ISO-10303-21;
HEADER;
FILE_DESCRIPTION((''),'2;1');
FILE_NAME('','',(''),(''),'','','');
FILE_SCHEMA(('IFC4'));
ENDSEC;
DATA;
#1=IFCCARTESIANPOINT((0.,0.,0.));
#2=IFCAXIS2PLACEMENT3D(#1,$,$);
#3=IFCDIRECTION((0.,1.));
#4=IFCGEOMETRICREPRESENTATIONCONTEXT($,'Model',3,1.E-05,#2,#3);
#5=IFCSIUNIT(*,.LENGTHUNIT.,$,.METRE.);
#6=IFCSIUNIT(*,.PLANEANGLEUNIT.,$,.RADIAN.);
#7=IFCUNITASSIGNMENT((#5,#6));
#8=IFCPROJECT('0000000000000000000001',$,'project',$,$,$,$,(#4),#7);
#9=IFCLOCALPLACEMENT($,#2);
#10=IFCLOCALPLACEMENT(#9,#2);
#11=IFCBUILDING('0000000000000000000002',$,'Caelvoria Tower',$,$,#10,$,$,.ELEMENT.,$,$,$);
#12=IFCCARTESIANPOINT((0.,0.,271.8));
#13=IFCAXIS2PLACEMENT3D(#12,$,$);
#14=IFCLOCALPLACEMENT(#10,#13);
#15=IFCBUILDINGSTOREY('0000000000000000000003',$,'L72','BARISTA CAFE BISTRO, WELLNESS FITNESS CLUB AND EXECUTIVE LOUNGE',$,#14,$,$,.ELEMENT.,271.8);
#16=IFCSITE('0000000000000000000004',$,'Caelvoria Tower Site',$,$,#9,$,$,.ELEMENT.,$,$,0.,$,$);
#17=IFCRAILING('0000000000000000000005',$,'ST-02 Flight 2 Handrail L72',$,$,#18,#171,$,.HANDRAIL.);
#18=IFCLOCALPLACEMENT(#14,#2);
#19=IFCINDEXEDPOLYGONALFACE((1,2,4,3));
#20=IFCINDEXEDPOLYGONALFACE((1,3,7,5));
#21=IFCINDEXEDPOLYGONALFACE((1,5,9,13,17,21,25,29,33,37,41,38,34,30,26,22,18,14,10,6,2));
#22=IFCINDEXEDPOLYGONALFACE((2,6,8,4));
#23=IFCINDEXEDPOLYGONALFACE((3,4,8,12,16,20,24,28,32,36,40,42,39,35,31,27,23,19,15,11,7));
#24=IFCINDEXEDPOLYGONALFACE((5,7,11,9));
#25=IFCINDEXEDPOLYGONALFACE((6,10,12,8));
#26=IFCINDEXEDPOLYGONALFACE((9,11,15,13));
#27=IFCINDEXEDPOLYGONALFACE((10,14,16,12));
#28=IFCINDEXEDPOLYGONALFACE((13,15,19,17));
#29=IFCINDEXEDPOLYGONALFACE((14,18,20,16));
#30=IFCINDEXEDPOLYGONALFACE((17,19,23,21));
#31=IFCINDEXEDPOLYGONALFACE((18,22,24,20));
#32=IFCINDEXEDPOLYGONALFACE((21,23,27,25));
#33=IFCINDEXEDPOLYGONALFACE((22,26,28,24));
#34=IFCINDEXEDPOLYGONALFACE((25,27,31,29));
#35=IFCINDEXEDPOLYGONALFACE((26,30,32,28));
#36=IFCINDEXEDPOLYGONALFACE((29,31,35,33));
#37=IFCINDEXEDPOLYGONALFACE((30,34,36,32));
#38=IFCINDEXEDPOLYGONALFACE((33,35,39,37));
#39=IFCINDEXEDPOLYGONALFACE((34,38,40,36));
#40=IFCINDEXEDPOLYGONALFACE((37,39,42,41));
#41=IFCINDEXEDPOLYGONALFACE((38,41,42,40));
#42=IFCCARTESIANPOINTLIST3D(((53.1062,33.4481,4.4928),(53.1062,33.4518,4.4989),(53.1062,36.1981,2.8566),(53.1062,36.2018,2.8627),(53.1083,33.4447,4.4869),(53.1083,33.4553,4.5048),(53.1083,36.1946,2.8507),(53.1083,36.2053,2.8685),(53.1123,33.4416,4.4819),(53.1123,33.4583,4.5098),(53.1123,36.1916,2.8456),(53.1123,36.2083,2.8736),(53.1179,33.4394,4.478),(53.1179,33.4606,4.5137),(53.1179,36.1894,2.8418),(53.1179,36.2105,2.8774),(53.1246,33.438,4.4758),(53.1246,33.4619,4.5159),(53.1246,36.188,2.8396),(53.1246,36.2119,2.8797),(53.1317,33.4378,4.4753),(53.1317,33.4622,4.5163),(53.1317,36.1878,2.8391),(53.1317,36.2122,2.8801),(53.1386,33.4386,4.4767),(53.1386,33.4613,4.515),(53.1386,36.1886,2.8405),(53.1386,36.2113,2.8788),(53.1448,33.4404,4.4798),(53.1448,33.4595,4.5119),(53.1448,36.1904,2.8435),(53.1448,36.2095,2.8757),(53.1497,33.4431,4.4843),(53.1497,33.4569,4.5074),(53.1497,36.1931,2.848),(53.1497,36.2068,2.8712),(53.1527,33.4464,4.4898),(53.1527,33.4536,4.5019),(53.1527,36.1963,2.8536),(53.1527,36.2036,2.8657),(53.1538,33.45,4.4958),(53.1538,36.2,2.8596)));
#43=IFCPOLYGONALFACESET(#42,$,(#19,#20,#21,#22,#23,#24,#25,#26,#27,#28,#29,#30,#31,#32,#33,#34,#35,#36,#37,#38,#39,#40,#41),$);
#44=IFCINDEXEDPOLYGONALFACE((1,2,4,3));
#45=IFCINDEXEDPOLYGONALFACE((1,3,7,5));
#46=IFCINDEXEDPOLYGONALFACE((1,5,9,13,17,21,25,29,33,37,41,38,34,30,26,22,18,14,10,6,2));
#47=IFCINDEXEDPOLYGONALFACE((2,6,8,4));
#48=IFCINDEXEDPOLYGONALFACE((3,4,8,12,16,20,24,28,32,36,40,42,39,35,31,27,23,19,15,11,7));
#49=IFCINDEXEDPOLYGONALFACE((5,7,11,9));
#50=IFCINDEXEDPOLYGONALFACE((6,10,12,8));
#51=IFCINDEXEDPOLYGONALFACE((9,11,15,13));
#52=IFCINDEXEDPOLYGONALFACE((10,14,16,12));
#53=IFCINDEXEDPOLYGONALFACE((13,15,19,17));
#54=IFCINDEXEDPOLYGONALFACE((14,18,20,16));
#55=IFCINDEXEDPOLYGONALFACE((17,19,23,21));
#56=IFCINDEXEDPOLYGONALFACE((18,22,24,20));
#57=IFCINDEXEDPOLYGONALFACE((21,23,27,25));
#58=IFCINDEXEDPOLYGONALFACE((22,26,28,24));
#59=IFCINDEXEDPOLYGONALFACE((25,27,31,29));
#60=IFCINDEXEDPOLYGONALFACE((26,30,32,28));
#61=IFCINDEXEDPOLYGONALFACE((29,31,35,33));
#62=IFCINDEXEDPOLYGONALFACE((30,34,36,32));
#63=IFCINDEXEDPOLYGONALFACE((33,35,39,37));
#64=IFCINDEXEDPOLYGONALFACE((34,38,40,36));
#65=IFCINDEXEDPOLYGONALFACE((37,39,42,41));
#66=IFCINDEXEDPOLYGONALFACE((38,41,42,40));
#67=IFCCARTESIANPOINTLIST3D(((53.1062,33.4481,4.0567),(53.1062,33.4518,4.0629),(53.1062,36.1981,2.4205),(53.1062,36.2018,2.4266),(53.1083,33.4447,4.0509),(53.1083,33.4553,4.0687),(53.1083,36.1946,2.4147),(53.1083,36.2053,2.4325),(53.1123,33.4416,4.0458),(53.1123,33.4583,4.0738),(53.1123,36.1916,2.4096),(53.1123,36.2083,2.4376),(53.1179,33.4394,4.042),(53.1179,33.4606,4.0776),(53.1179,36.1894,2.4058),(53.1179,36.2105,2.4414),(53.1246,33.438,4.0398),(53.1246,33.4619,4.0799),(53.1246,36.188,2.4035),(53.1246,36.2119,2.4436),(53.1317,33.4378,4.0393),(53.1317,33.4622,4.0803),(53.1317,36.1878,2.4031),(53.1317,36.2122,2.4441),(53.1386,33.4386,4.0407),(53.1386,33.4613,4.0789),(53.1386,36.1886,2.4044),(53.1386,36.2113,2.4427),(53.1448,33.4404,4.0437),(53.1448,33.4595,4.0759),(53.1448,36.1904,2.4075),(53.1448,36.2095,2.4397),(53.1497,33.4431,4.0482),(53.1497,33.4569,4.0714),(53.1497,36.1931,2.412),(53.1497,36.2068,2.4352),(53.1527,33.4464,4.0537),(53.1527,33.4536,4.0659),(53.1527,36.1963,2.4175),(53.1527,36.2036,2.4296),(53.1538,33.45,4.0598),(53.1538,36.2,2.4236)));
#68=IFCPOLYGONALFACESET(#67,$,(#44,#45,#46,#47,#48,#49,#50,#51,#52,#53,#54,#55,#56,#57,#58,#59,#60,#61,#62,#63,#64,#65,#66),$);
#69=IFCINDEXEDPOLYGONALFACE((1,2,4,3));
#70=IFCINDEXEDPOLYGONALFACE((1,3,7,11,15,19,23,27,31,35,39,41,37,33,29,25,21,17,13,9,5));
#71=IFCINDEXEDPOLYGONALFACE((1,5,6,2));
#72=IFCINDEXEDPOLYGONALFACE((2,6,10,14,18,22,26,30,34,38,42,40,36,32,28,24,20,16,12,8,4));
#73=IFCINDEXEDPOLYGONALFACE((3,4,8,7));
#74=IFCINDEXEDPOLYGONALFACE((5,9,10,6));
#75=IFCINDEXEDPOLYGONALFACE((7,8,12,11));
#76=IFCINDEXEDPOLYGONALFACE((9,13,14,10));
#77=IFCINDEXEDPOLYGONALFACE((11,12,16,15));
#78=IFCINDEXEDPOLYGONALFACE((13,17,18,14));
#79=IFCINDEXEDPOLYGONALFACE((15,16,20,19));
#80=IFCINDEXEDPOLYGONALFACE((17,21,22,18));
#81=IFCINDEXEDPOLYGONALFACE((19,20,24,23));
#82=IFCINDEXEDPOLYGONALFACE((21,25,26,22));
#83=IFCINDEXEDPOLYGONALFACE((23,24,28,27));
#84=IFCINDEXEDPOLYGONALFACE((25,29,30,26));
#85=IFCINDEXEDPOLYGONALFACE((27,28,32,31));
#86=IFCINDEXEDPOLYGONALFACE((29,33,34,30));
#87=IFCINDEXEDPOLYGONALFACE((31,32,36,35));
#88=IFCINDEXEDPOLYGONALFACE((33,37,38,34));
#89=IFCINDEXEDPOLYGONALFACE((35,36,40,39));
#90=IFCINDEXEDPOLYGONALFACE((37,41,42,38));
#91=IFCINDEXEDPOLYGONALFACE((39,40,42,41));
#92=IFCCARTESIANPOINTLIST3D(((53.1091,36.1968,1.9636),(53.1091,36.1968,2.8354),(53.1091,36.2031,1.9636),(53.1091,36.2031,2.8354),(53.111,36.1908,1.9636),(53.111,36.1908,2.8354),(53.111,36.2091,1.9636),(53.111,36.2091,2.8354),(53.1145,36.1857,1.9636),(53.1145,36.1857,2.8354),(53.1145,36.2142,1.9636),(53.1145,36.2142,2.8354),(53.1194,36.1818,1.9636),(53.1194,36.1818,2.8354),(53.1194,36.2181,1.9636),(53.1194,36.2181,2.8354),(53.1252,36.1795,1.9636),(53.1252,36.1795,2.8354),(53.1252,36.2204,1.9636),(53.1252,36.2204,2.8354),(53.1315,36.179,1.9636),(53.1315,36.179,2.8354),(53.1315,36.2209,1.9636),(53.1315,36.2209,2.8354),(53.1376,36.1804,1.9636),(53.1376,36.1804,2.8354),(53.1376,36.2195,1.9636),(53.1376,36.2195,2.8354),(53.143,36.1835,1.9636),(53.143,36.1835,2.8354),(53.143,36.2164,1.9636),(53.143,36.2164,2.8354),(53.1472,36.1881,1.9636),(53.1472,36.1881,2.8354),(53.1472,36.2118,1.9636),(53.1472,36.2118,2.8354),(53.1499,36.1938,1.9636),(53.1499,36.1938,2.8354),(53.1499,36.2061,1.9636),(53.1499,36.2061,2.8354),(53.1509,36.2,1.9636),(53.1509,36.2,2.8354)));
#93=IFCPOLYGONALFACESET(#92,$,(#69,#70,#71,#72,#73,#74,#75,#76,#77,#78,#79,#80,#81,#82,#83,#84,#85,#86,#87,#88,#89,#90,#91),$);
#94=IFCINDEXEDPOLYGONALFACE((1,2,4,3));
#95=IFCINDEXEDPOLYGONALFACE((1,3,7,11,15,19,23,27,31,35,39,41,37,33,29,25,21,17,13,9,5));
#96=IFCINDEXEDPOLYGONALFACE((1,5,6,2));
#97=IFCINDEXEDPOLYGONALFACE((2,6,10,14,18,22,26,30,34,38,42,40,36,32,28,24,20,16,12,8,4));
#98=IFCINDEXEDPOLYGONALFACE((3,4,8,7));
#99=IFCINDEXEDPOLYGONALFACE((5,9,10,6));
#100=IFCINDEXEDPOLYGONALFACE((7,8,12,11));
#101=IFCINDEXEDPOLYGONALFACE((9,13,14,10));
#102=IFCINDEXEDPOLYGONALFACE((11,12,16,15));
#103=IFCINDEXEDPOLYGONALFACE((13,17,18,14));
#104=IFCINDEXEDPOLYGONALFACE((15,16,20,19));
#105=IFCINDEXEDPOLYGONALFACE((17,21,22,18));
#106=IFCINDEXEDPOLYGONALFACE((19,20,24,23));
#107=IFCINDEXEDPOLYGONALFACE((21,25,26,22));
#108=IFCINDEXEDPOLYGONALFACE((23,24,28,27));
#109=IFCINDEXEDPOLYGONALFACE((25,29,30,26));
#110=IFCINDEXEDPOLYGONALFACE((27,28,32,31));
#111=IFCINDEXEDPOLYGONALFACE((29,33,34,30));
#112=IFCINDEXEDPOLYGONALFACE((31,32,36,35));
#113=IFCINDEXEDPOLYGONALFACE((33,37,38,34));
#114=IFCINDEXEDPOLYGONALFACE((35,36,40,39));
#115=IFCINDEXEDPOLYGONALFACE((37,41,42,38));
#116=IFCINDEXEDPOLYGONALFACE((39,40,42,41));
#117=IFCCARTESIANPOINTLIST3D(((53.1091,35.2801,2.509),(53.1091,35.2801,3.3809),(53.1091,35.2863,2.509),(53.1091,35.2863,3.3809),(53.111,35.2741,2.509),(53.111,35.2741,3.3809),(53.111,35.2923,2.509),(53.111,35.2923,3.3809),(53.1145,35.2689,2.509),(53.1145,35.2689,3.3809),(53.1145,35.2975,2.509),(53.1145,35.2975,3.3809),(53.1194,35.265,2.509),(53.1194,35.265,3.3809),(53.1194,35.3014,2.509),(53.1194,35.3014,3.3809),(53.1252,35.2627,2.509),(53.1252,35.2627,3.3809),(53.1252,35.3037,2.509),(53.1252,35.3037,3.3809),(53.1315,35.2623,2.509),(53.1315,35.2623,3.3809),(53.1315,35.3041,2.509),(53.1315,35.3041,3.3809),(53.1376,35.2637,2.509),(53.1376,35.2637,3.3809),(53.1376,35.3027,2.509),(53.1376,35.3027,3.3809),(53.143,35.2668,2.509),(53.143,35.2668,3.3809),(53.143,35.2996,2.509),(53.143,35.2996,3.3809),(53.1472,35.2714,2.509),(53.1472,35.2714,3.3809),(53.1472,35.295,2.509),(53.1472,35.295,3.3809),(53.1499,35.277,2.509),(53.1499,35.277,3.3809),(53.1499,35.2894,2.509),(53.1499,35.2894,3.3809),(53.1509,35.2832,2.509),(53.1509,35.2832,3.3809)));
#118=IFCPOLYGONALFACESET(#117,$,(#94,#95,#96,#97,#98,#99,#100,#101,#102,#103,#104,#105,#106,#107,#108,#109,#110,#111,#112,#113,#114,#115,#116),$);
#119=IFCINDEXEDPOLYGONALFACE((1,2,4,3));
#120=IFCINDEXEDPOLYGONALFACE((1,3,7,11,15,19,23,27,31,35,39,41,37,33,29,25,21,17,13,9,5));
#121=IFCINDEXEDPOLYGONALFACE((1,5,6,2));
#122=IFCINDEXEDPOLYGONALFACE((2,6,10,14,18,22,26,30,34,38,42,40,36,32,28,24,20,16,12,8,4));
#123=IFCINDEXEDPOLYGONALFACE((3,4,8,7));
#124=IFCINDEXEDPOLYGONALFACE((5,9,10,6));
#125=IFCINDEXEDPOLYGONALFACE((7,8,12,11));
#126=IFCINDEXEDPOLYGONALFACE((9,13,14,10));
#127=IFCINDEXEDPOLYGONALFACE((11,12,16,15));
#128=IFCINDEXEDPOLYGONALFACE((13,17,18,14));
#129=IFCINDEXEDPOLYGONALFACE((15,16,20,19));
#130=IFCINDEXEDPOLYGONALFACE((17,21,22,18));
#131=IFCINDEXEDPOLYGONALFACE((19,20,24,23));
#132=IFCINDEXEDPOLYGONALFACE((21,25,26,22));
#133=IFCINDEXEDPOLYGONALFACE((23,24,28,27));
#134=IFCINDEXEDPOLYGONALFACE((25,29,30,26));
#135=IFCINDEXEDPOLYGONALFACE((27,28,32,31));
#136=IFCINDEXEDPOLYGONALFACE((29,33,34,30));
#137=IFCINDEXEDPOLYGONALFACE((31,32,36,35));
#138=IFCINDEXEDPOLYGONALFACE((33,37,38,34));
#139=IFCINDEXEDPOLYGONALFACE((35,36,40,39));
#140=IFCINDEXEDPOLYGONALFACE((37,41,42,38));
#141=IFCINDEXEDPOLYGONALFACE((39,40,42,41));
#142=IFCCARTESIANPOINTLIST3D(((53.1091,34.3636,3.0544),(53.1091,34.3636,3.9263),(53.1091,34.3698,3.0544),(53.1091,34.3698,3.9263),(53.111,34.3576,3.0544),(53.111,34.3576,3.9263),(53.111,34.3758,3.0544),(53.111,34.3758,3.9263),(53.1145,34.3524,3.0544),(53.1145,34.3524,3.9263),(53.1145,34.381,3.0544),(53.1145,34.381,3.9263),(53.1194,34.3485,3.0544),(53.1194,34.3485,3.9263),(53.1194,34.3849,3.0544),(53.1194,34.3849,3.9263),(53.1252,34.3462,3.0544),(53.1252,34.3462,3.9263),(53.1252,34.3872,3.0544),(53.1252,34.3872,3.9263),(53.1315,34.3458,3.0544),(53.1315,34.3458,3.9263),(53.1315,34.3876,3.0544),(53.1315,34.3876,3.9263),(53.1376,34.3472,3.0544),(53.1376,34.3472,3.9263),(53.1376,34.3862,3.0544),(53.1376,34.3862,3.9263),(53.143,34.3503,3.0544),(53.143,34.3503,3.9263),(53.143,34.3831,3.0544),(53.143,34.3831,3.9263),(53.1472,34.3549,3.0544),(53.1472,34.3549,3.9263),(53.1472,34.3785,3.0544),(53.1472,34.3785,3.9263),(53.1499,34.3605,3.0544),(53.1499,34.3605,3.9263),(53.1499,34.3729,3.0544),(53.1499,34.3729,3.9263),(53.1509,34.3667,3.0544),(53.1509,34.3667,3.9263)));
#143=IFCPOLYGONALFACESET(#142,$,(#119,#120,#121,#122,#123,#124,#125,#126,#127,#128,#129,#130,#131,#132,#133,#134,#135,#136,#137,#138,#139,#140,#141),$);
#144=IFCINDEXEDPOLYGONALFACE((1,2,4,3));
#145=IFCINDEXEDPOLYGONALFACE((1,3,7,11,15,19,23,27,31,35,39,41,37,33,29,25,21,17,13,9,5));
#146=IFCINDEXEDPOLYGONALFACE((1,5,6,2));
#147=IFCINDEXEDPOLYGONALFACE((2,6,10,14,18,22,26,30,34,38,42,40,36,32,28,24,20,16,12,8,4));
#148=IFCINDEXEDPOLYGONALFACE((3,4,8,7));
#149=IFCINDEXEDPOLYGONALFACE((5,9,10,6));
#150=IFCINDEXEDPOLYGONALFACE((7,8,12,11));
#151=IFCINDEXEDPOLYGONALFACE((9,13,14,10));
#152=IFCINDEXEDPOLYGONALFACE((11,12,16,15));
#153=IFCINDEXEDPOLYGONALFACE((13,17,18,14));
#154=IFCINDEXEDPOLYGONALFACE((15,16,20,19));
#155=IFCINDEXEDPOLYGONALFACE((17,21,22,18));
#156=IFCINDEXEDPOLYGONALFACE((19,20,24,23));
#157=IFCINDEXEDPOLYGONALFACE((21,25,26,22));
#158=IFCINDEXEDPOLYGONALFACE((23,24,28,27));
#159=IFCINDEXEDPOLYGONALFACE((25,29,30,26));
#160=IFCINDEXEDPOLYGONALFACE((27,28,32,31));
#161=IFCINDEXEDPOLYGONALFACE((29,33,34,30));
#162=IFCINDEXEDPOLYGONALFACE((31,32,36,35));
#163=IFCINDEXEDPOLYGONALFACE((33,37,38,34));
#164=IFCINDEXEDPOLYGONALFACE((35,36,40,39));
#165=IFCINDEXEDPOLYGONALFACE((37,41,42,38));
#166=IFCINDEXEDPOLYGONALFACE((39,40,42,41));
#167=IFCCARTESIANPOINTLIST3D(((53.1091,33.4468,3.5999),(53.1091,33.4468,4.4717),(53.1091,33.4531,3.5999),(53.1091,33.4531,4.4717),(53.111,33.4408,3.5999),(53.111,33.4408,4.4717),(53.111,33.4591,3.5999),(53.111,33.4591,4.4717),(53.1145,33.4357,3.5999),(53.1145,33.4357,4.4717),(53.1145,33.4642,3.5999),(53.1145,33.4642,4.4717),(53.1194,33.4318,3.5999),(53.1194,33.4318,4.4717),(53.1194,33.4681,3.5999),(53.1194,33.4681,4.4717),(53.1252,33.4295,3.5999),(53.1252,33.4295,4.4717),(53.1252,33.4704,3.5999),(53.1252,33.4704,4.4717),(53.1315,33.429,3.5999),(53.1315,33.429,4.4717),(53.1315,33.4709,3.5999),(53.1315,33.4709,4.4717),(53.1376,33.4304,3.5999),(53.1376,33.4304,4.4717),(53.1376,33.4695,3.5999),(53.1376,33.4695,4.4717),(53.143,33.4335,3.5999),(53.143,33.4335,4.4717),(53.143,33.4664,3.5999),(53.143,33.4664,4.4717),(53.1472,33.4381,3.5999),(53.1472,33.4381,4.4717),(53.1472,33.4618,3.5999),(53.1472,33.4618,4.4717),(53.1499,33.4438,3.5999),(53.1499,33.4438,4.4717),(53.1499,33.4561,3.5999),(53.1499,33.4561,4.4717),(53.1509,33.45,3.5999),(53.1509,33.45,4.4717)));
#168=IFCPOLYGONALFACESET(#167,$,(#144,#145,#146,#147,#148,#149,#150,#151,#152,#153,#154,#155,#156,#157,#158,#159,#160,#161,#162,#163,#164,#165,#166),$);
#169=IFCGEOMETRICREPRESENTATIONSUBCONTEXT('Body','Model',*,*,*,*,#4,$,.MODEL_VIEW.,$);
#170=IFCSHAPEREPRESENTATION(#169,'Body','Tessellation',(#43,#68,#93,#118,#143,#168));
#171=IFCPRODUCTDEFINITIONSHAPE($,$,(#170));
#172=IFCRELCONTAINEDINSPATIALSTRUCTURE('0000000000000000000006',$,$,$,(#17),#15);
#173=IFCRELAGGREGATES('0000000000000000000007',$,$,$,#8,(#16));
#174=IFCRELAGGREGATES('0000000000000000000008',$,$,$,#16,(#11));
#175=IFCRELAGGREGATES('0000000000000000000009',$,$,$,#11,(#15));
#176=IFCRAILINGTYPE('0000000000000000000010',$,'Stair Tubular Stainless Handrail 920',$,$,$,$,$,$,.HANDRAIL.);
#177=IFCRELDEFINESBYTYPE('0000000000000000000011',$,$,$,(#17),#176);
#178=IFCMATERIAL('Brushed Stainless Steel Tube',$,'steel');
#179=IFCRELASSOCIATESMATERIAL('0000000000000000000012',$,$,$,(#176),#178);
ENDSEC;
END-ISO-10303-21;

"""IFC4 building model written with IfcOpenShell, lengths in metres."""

from ifc_helpers import new_model, si_unit, direction, frame, origin, origin_2d, place, context, subcontext, project, spatial, circle, extrude, material, type_object, element, save


model = new_model("IFC4")

# Units and contexts
model_context = context("Model", 3, precision=1e-05, world=origin(), true_north=direction((0.0, 1.0)))
body_context = subcontext(model_context, "Body", "Model", "MODEL_VIEW")
ifc_project = project(units=[si_unit("LENGTHUNIT", "METRE"), si_unit("PLANEANGLEUNIT", "RADIAN")], contexts=[model_context])

# Site, building, storey
site_placement = place(None, origin())
site = spatial("IfcSite", under=ifc_project, at=site_placement, Name="Caelvoria Tower Site", CompositionType="ELEMENT", RefElevation=0.0)
building_placement = place(site_placement, origin())
building = spatial("IfcBuilding", under=site, at=building_placement, Name="Caelvoria Tower", CompositionType="ELEMENT")
storey_placement = place(building_placement, frame((0.0, 0.0, 271.8)))
storey = spatial("IfcBuildingStorey", under=building, at=storey_placement, Name="L72", Description="BARISTA CAFE BISTRO, WELLNESS FITNESS CLUB AND EXECUTIVE LOUNGE", CompositionType="ELEMENT", Elevation=271.8)

# Railing
ifc_material_1 = material(Name="Brushed Stainless Steel Tube", Category="steel")
railing_type_1 = type_object("IfcRailingType", Name="Stair Tubular Stainless Handrail 920", PredefinedType="HANDRAIL", material=ifc_material_1)
railing_1_placement = place(storey_placement, frame((53.1299, 36.2, 1.9636)))
element("IfcRailing", 1, at=railing_1_placement, inside=storey, type_object=railing_type_1, Name="ST-02 Flight 2 Handrail L72", PredefinedType="HANDRAIL", context=body_context, shape_type="SweptSolid", body=[
    extrude(circle(Radius=0.0239, at=origin_2d()), frame((0.0, 0.0, 0.896), z_axis=(0.0, -0.859385, 0.511328), x_axis=(1.0, 0.0, 0.0)), (0.0, 0.0, 1.0), 3.2),
    extrude(circle(Radius=0.0239, at=origin_2d()), frame((0.0, 0.0, 0.46), z_axis=(0.0, -0.859385, 0.511328), x_axis=(1.0, 0.0, 0.0)), (0.0, 0.0, 1.0), 3.2),
    extrude(circle(Radius=0.021, at=origin_2d()), origin(), (0.0, 0.0, 1.0), 0.8718),
    extrude(circle(Radius=0.021, at=origin_2d()), frame((0.0, -0.9167, 0.5454)), (0.0, 0.0, 1.0), 0.8718),
    extrude(circle(Radius=0.021, at=origin_2d()), frame((0.0, -1.8333, 1.0908)), (0.0, 0.0, 1.0), 0.8718),
    extrude(circle(Radius=0.021, at=origin_2d()), frame((0.0, -2.75, 1.6362)), (0.0, 0.0, 1.0), 0.8718),
])

save(model, "model.ifc")
